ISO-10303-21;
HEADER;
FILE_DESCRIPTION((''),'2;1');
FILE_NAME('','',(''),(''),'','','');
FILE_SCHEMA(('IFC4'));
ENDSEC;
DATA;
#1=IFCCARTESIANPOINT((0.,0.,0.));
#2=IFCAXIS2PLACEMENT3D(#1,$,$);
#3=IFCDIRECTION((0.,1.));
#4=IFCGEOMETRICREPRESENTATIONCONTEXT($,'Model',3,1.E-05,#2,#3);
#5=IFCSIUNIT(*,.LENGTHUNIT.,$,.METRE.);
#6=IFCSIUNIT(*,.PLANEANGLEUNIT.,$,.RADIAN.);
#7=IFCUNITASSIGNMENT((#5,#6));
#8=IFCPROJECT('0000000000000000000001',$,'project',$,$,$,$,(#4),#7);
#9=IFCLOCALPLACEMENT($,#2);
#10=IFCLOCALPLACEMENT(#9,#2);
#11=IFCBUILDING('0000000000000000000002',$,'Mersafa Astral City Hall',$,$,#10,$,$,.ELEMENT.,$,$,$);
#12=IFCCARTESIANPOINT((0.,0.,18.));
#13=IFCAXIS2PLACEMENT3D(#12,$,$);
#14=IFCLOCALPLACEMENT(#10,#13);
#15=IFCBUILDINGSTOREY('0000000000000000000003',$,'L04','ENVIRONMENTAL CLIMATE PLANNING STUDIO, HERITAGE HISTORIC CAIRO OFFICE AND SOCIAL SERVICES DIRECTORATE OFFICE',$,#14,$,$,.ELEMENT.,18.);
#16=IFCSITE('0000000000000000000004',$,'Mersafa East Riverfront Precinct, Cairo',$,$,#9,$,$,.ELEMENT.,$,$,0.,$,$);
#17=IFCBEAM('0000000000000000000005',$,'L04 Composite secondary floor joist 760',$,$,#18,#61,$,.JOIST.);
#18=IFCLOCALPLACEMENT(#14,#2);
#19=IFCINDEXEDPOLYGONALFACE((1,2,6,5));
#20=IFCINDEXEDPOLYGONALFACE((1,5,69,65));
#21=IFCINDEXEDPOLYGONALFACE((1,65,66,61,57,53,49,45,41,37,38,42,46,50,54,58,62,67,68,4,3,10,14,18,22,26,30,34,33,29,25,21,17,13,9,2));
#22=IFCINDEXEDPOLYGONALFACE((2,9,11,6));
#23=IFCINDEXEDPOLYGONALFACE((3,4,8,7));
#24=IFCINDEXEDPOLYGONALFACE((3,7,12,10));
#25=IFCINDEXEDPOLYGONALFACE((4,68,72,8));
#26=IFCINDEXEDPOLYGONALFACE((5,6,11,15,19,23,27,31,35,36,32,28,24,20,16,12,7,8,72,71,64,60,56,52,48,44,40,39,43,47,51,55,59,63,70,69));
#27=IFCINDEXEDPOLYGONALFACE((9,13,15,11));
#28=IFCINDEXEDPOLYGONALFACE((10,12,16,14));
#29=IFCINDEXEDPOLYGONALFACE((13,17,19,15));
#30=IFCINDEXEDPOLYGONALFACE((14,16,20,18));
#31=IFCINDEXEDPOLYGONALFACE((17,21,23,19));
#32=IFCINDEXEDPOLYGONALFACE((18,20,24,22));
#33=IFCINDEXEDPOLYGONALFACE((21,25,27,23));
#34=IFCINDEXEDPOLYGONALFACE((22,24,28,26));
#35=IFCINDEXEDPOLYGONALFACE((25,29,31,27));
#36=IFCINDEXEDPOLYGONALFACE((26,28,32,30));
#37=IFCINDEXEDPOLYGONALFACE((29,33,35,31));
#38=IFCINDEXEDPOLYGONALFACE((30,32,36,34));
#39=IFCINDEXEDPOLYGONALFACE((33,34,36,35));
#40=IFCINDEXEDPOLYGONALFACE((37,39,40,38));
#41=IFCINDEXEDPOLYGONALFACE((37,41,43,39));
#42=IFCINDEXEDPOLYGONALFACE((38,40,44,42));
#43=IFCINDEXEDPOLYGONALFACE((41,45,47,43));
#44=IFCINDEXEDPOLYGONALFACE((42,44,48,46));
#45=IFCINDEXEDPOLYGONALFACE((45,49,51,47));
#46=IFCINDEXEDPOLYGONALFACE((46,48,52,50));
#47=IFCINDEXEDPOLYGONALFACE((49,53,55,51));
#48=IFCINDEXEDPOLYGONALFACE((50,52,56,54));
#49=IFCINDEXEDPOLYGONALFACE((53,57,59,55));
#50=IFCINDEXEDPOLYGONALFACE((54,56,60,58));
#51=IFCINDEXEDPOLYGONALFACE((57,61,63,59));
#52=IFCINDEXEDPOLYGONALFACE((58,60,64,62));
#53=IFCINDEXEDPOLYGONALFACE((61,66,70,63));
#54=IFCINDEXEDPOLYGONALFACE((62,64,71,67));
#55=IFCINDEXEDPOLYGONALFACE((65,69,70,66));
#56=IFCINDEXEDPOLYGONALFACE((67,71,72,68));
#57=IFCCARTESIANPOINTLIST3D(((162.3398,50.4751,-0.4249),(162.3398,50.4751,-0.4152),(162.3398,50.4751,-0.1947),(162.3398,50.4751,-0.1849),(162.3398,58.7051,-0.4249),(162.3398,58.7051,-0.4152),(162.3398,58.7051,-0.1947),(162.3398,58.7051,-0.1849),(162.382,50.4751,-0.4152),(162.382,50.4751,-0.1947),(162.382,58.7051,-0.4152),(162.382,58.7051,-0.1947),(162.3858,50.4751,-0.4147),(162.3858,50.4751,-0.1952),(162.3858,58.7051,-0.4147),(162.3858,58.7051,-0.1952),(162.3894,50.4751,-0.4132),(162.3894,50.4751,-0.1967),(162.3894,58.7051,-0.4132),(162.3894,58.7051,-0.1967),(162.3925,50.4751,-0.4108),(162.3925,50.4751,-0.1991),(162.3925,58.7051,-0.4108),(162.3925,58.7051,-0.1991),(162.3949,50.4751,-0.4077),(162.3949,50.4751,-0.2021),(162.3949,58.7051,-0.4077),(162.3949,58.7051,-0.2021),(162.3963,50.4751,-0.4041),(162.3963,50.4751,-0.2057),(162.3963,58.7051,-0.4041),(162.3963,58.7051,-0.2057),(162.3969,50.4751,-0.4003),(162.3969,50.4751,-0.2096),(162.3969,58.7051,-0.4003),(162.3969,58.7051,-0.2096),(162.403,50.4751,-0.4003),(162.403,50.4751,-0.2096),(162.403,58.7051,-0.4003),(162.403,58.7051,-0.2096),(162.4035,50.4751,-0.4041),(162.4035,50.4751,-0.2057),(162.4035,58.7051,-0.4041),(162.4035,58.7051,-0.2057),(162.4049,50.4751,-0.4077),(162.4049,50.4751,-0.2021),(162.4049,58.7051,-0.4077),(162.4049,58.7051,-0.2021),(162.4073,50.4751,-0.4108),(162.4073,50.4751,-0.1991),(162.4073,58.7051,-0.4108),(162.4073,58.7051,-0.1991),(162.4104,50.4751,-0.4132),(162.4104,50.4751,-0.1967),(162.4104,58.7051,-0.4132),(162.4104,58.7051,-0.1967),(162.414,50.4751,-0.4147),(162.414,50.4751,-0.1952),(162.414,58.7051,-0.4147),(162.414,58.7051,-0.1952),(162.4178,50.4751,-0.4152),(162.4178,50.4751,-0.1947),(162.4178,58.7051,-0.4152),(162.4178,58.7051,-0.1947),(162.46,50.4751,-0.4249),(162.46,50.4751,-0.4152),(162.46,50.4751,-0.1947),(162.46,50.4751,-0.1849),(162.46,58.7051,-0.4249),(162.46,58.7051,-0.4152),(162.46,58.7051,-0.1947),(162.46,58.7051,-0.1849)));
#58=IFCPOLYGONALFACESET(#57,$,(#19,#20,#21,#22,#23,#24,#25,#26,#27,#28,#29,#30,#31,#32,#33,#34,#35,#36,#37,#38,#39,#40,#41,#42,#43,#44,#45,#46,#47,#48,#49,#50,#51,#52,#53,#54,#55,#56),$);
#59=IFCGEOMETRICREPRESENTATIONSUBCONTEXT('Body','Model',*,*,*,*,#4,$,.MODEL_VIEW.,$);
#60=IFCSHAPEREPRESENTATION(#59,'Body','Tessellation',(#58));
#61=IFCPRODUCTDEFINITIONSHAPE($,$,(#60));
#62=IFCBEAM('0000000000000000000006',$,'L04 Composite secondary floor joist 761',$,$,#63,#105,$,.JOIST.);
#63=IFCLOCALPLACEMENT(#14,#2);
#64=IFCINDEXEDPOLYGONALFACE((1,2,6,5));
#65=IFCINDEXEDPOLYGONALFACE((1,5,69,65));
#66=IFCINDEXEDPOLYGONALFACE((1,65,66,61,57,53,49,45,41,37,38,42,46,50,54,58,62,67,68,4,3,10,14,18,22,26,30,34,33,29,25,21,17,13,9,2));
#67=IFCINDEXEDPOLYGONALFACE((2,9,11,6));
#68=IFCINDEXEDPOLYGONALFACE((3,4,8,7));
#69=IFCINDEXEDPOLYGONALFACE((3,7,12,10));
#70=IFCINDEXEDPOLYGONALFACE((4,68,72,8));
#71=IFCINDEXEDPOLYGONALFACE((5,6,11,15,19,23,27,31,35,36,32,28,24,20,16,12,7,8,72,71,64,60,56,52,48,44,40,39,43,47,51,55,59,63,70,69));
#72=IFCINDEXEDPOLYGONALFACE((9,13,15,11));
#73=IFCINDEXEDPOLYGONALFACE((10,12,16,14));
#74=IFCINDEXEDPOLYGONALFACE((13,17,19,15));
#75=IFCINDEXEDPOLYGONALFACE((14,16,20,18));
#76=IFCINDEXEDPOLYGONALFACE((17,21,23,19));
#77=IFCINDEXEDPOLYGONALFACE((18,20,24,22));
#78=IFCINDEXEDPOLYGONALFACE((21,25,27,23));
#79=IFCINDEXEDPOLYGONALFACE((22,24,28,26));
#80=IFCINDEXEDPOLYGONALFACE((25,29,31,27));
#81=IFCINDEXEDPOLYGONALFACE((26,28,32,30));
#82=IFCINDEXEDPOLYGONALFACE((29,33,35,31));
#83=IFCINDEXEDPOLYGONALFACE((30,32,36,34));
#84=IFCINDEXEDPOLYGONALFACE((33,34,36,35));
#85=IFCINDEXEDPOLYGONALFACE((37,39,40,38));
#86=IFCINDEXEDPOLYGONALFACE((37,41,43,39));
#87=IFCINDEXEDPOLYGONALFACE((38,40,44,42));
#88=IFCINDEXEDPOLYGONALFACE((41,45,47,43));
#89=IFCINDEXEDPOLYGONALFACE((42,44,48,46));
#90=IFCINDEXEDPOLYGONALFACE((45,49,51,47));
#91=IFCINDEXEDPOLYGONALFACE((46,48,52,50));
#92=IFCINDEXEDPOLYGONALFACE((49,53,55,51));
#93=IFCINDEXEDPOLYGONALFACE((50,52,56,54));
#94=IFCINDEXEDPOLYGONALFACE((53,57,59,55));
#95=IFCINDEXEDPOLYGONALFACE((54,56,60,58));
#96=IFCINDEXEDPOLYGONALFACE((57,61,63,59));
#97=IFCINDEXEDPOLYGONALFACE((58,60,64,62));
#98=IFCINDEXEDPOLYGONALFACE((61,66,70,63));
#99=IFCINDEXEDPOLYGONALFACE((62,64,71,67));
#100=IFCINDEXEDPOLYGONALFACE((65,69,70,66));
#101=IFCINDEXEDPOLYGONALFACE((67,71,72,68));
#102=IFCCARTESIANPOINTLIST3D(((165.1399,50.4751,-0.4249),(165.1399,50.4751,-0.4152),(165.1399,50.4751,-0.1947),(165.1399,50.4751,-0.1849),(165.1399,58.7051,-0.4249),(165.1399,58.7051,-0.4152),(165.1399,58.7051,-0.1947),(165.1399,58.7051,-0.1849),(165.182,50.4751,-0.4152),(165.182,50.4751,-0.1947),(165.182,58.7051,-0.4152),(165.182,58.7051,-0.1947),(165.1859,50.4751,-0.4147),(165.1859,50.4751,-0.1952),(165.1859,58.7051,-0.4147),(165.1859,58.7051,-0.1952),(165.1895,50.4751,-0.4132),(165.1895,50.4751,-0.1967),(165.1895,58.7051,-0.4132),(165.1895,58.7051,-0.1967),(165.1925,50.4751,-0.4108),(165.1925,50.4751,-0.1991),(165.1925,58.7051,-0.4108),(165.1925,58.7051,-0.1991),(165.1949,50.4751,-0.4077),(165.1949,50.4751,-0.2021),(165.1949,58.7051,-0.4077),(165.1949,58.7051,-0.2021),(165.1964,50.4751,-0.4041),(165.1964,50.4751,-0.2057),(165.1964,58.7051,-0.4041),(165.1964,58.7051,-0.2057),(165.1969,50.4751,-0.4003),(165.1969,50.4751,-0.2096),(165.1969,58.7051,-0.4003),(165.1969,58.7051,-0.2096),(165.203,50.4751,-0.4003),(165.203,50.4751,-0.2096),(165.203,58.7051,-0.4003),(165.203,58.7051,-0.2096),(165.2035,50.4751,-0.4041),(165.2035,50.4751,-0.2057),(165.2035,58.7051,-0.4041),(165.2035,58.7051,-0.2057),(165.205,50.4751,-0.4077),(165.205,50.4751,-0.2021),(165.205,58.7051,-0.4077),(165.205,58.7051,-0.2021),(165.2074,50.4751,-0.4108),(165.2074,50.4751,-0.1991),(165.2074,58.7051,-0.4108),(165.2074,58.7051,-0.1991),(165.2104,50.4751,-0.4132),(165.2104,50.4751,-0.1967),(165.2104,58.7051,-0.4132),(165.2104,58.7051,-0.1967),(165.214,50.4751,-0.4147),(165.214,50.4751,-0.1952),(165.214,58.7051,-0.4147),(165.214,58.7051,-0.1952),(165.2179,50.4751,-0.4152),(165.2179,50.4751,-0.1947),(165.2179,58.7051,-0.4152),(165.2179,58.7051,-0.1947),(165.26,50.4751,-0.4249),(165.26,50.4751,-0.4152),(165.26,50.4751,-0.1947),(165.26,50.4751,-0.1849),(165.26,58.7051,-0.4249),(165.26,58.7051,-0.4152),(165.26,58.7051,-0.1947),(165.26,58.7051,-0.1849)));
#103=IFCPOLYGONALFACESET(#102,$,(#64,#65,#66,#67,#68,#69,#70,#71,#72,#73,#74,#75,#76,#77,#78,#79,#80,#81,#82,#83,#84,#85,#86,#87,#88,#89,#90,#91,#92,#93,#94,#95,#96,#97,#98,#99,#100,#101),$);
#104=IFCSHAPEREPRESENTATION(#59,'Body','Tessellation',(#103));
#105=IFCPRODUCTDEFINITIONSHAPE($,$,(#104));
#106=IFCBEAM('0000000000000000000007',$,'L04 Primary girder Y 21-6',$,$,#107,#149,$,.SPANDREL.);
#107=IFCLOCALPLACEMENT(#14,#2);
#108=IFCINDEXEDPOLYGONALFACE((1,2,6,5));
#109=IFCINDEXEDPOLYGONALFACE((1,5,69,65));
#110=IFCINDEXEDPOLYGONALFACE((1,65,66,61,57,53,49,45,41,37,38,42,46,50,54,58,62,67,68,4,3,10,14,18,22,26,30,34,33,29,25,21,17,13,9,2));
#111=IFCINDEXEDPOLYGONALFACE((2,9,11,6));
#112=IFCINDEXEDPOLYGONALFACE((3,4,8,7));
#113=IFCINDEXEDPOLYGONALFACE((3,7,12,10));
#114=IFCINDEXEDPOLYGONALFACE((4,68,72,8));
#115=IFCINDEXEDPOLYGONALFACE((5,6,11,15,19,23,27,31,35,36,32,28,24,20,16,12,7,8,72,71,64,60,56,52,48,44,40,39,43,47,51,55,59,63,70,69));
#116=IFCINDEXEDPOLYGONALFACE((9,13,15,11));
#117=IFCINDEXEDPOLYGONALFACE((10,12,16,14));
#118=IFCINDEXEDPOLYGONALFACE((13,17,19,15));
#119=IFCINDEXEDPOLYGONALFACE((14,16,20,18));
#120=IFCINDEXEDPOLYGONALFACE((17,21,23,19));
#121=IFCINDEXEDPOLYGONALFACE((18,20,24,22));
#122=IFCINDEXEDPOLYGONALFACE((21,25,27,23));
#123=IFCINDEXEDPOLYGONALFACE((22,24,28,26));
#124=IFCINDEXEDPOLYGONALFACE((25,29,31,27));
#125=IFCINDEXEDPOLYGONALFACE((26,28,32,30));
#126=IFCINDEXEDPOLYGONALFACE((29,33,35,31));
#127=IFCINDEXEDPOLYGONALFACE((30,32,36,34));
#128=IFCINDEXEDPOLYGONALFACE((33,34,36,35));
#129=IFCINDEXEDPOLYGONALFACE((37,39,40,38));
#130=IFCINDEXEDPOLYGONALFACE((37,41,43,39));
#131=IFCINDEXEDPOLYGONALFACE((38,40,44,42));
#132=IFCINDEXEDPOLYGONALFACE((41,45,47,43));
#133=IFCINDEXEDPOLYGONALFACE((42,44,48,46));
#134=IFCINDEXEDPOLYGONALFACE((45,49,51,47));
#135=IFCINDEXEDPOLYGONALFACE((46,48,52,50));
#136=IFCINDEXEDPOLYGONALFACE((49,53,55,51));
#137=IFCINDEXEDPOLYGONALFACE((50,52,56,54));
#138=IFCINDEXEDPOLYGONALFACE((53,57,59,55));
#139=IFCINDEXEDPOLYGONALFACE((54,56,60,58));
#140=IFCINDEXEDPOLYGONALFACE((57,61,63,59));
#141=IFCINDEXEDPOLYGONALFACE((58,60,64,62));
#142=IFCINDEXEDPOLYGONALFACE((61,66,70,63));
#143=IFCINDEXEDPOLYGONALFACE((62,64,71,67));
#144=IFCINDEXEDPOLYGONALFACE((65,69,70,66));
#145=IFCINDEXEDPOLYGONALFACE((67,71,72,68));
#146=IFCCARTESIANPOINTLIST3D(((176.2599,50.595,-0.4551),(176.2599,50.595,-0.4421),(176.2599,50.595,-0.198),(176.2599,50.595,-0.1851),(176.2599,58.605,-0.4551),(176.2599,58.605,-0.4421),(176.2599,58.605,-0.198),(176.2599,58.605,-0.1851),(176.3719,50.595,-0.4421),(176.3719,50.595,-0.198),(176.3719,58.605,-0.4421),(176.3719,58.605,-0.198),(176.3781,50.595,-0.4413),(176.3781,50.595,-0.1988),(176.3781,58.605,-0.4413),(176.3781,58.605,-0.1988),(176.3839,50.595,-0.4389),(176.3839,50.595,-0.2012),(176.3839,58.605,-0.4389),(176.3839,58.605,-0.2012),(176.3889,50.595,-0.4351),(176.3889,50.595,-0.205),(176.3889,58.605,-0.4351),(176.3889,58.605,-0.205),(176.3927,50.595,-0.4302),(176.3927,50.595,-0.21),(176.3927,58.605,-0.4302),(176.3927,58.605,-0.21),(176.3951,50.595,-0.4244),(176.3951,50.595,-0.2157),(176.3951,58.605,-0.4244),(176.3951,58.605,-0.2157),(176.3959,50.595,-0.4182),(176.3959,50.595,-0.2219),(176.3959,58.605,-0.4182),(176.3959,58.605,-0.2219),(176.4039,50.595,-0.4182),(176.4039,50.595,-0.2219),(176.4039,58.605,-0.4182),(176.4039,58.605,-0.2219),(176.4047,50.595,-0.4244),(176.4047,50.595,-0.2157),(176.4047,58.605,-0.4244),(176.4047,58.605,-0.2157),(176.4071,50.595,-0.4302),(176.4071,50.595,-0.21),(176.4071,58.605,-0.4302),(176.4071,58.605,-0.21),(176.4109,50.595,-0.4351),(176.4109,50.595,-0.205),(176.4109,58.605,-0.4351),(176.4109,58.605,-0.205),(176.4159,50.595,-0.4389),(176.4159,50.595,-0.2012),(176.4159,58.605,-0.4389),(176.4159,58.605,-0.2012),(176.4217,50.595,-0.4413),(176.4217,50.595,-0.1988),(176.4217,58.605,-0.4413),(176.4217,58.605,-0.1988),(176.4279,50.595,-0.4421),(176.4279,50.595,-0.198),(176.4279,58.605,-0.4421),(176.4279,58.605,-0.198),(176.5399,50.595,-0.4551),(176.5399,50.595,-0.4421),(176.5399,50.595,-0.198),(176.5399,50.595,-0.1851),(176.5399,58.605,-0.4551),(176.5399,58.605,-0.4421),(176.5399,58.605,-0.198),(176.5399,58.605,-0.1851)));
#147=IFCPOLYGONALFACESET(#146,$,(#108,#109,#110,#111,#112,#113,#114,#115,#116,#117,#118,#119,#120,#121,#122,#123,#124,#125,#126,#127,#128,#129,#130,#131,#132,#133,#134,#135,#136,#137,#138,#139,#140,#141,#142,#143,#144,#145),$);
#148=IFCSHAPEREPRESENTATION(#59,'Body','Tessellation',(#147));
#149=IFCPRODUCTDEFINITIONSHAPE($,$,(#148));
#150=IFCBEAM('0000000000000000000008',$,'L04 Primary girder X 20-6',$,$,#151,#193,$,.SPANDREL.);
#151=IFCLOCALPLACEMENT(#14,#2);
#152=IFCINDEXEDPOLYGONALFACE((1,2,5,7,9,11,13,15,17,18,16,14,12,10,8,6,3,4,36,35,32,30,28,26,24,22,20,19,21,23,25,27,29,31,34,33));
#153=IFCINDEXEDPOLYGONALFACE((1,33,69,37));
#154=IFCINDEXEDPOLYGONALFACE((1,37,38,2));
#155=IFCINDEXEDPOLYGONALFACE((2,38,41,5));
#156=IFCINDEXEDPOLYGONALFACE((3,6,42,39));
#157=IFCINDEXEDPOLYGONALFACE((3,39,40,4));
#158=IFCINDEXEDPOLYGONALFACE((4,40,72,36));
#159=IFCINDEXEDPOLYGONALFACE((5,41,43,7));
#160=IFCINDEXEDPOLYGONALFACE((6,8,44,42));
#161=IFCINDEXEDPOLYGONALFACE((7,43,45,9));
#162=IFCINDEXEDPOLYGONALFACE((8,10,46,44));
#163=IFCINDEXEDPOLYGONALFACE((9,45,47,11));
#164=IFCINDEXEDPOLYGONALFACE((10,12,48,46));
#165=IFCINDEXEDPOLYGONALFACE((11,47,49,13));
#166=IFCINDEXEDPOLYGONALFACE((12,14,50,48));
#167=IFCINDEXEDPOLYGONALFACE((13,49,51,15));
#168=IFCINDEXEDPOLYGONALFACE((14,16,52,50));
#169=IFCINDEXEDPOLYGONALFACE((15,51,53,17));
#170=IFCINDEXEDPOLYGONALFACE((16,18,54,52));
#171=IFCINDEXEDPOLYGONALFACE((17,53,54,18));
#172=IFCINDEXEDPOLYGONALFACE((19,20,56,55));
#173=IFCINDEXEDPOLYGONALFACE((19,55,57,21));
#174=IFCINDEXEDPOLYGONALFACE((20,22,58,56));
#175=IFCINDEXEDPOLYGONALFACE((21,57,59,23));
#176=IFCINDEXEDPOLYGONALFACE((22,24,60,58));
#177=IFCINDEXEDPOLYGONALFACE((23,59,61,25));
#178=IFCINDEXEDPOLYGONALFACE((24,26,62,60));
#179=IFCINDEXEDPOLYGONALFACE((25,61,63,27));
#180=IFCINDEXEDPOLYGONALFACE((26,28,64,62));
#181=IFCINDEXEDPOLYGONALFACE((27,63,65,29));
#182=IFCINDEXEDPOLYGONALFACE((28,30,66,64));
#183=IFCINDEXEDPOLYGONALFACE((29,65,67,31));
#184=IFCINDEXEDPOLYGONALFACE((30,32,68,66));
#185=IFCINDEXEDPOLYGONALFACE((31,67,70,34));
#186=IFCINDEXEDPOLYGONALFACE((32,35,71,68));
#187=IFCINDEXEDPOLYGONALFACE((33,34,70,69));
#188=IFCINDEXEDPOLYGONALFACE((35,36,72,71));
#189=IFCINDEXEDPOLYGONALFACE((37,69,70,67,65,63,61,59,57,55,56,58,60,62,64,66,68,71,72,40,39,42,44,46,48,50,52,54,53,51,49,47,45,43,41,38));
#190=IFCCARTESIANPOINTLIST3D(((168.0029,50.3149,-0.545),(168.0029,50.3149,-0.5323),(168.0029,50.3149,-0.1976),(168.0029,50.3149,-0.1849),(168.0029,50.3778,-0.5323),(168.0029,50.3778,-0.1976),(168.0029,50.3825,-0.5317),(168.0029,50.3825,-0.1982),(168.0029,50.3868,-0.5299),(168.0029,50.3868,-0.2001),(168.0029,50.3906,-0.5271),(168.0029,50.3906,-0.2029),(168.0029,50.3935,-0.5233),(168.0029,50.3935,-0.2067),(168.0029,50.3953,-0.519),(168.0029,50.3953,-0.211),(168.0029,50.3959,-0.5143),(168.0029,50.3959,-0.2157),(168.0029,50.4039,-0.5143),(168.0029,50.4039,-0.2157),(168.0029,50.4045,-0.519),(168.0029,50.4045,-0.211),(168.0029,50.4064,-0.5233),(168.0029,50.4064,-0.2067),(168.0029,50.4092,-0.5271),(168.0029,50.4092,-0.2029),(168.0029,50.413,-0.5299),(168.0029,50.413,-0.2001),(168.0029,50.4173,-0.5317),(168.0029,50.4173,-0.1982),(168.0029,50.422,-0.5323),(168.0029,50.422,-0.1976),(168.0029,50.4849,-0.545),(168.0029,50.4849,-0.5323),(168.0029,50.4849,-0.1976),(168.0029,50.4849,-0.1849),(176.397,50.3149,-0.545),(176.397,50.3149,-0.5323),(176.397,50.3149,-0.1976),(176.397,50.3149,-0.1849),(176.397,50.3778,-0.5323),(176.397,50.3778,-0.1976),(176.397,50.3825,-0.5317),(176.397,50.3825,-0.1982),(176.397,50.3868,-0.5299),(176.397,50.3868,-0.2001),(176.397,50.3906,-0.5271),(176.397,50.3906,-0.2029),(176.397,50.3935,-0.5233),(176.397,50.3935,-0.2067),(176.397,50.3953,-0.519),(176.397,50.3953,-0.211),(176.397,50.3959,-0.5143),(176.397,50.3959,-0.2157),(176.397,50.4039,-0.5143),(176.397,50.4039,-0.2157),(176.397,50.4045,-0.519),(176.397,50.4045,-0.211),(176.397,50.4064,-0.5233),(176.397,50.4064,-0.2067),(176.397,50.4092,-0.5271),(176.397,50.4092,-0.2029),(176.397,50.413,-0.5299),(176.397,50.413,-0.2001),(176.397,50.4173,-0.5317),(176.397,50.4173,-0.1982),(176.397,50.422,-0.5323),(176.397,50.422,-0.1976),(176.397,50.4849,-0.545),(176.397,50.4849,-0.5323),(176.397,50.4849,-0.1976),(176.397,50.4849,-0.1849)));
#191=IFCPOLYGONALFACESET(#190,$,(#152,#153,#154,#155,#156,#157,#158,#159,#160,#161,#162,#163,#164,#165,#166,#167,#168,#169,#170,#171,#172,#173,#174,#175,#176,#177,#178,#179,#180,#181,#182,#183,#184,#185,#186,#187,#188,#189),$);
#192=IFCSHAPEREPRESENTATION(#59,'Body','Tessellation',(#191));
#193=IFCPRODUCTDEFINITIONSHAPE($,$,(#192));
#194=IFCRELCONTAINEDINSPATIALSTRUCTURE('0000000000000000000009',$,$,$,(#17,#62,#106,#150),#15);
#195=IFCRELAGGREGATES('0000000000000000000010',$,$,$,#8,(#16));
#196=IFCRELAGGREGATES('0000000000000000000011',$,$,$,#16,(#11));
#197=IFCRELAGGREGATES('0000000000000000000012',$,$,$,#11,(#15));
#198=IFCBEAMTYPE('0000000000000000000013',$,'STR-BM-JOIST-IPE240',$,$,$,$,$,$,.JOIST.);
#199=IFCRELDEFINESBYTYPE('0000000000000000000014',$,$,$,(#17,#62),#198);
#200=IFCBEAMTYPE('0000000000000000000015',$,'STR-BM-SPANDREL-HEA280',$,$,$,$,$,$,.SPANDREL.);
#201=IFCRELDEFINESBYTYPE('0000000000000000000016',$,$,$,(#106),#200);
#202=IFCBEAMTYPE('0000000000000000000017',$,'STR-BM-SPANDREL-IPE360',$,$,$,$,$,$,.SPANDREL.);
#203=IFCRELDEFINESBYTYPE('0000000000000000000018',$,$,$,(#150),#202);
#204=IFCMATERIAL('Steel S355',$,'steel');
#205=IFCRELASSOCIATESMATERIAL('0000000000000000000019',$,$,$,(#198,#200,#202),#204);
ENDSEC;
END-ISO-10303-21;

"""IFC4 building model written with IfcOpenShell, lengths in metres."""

from ifc_helpers import new_model, si_unit, direction, frame, origin, origin_2d, place, context, subcontext, project, spatial, i_section, extrude, material, material_profile, profile_set, type_object, element, save


model = new_model("IFC4")

# Units and contexts
model_context = context("Model", 3, precision=1e-05, world=origin(), true_north=direction((0.0, 1.0)))
body_context = subcontext(model_context, "Body", "Model", "MODEL_VIEW")
ifc_project = project(units=[si_unit("LENGTHUNIT", "METRE"), si_unit("PLANEANGLEUNIT", "RADIAN")], contexts=[model_context])

# Site, building, storey
site_placement = place(None, origin())
site = spatial("IfcSite", under=ifc_project, at=site_placement, Name="Mersafa East Riverfront Precinct, Cairo", CompositionType="ELEMENT", RefElevation=0.0)
building_placement = place(site_placement, origin())
building = spatial("IfcBuilding", under=site, at=building_placement, Name="Mersafa Astral City Hall", CompositionType="ELEMENT")
storey_placement = place(building_placement, frame((0.0, 0.0, 18.0)))
storey = spatial("IfcBuildingStorey", under=building, at=storey_placement, Name="L04", Description="ENVIRONMENTAL CLIMATE PLANNING STUDIO, HERITAGE HISTORIC CAIRO OFFICE AND SOCIAL SERVICES DIRECTORATE OFFICE", CompositionType="ELEMENT", Elevation=18.0)

# Shared definitions
ifc_material_1 = material(Name="Steel S355", Category="steel")

# Beams
ifc_material_profile_1 = material_profile(ifc_material_1, i_section(OverallWidth=0.1201, OverallDepth=0.24, WebThickness=0.0061, FlangeThickness=0.0098, FilletRadius=0.0149, at=origin_2d()), Name="IPE 240")
ifc_profile_set_1 = profile_set([ifc_material_profile_1], Name="Steel S355")
beam_type_1 = type_object("IfcBeamType", Name="STR-BM-JOIST-IPE240", PredefinedType="JOIST", material=ifc_profile_set_1)
for number, where, z_axis, x_axis, name in (
    (1, (162.3999, 50.4751, -0.3049), (0.0, 1.0, 0.0), (-1.0, 0.0, 0.0), "L04 Composite secondary floor joist 760"),
    (2, (165.2, 50.4751, -0.3049), (0.0, 1.0, 0.0), (-1.0, 0.0, 0.0), "L04 Composite secondary floor joist 761"),
):
    element("IfcBeam", number, at=place(storey_placement, frame(where, z_axis=z_axis, x_axis=x_axis)), inside=storey, type_object=beam_type_1, Name=name, PredefinedType="JOIST", context=body_context, shape_type="SweptSolid", body=[
        extrude(i_section(OverallWidth=0.1201, OverallDepth=0.24, WebThickness=0.0061, FlangeThickness=0.0098, FilletRadius=0.0149, at=origin_2d()), origin(), (0.0, 0.0, 1.0), 8.23),
    ])
ifc_material_profile_2 = material_profile(ifc_material_1, i_section(OverallWidth=0.28, OverallDepth=0.27, WebThickness=0.0081, FlangeThickness=0.0129, FilletRadius=0.0239, at=origin_2d()), Name="HEA 280")
ifc_profile_set_2 = profile_set([ifc_material_profile_2], Name="Steel S355")
beam_type_2 = type_object("IfcBeamType", Name="STR-BM-SPANDREL-HEA280", PredefinedType="SPANDREL", material=ifc_profile_set_2)
beam_1_placement = place(storey_placement, frame((176.3999, 50.595, -0.3201), z_axis=(0.0, 1.0, 0.0), x_axis=(-1.0, 0.0, 0.0)))
element("IfcBeam", 3, at=beam_1_placement, inside=storey, type_object=beam_type_2, Name="L04 Primary girder Y 21-6", PredefinedType="SPANDREL", context=body_context, shape_type="SweptSolid", body=[
    extrude(i_section(OverallWidth=0.28, OverallDepth=0.27, WebThickness=0.0081, FlangeThickness=0.0129, FilletRadius=0.0239, at=origin_2d()), origin(), (0.0, 0.0, 1.0), 8.01),
])
ifc_material_profile_3 = material_profile(ifc_material_1, i_section(OverallWidth=0.1699, OverallDepth=0.3601, WebThickness=0.0081, FlangeThickness=0.0127, FilletRadius=0.0181, at=origin_2d()), Name="IPE 360")
ifc_profile_set_3 = profile_set([ifc_material_profile_3], Name="Steel S355")
beam_type_3 = type_object("IfcBeamType", Name="STR-BM-SPANDREL-IPE360", PredefinedType="SPANDREL", material=ifc_profile_set_3)
beam_2_placement = place(storey_placement, frame((168.0029, 50.3999, -0.365), z_axis=(1.0, 0.0, 0.0), x_axis=(0.0, 1.0, 0.0)))
element("IfcBeam", 4, at=beam_2_placement, inside=storey, type_object=beam_type_3, Name="L04 Primary girder X 20-6", PredefinedType="SPANDREL", context=body_context, shape_type="SweptSolid", body=[
    extrude(i_section(OverallWidth=0.1699, OverallDepth=0.3601, WebThickness=0.0081, FlangeThickness=0.0127, FilletRadius=0.0181, at=origin_2d()), origin(), (0.0, 0.0, 1.0), 8.394),
])

save(model, "model.ifc")
